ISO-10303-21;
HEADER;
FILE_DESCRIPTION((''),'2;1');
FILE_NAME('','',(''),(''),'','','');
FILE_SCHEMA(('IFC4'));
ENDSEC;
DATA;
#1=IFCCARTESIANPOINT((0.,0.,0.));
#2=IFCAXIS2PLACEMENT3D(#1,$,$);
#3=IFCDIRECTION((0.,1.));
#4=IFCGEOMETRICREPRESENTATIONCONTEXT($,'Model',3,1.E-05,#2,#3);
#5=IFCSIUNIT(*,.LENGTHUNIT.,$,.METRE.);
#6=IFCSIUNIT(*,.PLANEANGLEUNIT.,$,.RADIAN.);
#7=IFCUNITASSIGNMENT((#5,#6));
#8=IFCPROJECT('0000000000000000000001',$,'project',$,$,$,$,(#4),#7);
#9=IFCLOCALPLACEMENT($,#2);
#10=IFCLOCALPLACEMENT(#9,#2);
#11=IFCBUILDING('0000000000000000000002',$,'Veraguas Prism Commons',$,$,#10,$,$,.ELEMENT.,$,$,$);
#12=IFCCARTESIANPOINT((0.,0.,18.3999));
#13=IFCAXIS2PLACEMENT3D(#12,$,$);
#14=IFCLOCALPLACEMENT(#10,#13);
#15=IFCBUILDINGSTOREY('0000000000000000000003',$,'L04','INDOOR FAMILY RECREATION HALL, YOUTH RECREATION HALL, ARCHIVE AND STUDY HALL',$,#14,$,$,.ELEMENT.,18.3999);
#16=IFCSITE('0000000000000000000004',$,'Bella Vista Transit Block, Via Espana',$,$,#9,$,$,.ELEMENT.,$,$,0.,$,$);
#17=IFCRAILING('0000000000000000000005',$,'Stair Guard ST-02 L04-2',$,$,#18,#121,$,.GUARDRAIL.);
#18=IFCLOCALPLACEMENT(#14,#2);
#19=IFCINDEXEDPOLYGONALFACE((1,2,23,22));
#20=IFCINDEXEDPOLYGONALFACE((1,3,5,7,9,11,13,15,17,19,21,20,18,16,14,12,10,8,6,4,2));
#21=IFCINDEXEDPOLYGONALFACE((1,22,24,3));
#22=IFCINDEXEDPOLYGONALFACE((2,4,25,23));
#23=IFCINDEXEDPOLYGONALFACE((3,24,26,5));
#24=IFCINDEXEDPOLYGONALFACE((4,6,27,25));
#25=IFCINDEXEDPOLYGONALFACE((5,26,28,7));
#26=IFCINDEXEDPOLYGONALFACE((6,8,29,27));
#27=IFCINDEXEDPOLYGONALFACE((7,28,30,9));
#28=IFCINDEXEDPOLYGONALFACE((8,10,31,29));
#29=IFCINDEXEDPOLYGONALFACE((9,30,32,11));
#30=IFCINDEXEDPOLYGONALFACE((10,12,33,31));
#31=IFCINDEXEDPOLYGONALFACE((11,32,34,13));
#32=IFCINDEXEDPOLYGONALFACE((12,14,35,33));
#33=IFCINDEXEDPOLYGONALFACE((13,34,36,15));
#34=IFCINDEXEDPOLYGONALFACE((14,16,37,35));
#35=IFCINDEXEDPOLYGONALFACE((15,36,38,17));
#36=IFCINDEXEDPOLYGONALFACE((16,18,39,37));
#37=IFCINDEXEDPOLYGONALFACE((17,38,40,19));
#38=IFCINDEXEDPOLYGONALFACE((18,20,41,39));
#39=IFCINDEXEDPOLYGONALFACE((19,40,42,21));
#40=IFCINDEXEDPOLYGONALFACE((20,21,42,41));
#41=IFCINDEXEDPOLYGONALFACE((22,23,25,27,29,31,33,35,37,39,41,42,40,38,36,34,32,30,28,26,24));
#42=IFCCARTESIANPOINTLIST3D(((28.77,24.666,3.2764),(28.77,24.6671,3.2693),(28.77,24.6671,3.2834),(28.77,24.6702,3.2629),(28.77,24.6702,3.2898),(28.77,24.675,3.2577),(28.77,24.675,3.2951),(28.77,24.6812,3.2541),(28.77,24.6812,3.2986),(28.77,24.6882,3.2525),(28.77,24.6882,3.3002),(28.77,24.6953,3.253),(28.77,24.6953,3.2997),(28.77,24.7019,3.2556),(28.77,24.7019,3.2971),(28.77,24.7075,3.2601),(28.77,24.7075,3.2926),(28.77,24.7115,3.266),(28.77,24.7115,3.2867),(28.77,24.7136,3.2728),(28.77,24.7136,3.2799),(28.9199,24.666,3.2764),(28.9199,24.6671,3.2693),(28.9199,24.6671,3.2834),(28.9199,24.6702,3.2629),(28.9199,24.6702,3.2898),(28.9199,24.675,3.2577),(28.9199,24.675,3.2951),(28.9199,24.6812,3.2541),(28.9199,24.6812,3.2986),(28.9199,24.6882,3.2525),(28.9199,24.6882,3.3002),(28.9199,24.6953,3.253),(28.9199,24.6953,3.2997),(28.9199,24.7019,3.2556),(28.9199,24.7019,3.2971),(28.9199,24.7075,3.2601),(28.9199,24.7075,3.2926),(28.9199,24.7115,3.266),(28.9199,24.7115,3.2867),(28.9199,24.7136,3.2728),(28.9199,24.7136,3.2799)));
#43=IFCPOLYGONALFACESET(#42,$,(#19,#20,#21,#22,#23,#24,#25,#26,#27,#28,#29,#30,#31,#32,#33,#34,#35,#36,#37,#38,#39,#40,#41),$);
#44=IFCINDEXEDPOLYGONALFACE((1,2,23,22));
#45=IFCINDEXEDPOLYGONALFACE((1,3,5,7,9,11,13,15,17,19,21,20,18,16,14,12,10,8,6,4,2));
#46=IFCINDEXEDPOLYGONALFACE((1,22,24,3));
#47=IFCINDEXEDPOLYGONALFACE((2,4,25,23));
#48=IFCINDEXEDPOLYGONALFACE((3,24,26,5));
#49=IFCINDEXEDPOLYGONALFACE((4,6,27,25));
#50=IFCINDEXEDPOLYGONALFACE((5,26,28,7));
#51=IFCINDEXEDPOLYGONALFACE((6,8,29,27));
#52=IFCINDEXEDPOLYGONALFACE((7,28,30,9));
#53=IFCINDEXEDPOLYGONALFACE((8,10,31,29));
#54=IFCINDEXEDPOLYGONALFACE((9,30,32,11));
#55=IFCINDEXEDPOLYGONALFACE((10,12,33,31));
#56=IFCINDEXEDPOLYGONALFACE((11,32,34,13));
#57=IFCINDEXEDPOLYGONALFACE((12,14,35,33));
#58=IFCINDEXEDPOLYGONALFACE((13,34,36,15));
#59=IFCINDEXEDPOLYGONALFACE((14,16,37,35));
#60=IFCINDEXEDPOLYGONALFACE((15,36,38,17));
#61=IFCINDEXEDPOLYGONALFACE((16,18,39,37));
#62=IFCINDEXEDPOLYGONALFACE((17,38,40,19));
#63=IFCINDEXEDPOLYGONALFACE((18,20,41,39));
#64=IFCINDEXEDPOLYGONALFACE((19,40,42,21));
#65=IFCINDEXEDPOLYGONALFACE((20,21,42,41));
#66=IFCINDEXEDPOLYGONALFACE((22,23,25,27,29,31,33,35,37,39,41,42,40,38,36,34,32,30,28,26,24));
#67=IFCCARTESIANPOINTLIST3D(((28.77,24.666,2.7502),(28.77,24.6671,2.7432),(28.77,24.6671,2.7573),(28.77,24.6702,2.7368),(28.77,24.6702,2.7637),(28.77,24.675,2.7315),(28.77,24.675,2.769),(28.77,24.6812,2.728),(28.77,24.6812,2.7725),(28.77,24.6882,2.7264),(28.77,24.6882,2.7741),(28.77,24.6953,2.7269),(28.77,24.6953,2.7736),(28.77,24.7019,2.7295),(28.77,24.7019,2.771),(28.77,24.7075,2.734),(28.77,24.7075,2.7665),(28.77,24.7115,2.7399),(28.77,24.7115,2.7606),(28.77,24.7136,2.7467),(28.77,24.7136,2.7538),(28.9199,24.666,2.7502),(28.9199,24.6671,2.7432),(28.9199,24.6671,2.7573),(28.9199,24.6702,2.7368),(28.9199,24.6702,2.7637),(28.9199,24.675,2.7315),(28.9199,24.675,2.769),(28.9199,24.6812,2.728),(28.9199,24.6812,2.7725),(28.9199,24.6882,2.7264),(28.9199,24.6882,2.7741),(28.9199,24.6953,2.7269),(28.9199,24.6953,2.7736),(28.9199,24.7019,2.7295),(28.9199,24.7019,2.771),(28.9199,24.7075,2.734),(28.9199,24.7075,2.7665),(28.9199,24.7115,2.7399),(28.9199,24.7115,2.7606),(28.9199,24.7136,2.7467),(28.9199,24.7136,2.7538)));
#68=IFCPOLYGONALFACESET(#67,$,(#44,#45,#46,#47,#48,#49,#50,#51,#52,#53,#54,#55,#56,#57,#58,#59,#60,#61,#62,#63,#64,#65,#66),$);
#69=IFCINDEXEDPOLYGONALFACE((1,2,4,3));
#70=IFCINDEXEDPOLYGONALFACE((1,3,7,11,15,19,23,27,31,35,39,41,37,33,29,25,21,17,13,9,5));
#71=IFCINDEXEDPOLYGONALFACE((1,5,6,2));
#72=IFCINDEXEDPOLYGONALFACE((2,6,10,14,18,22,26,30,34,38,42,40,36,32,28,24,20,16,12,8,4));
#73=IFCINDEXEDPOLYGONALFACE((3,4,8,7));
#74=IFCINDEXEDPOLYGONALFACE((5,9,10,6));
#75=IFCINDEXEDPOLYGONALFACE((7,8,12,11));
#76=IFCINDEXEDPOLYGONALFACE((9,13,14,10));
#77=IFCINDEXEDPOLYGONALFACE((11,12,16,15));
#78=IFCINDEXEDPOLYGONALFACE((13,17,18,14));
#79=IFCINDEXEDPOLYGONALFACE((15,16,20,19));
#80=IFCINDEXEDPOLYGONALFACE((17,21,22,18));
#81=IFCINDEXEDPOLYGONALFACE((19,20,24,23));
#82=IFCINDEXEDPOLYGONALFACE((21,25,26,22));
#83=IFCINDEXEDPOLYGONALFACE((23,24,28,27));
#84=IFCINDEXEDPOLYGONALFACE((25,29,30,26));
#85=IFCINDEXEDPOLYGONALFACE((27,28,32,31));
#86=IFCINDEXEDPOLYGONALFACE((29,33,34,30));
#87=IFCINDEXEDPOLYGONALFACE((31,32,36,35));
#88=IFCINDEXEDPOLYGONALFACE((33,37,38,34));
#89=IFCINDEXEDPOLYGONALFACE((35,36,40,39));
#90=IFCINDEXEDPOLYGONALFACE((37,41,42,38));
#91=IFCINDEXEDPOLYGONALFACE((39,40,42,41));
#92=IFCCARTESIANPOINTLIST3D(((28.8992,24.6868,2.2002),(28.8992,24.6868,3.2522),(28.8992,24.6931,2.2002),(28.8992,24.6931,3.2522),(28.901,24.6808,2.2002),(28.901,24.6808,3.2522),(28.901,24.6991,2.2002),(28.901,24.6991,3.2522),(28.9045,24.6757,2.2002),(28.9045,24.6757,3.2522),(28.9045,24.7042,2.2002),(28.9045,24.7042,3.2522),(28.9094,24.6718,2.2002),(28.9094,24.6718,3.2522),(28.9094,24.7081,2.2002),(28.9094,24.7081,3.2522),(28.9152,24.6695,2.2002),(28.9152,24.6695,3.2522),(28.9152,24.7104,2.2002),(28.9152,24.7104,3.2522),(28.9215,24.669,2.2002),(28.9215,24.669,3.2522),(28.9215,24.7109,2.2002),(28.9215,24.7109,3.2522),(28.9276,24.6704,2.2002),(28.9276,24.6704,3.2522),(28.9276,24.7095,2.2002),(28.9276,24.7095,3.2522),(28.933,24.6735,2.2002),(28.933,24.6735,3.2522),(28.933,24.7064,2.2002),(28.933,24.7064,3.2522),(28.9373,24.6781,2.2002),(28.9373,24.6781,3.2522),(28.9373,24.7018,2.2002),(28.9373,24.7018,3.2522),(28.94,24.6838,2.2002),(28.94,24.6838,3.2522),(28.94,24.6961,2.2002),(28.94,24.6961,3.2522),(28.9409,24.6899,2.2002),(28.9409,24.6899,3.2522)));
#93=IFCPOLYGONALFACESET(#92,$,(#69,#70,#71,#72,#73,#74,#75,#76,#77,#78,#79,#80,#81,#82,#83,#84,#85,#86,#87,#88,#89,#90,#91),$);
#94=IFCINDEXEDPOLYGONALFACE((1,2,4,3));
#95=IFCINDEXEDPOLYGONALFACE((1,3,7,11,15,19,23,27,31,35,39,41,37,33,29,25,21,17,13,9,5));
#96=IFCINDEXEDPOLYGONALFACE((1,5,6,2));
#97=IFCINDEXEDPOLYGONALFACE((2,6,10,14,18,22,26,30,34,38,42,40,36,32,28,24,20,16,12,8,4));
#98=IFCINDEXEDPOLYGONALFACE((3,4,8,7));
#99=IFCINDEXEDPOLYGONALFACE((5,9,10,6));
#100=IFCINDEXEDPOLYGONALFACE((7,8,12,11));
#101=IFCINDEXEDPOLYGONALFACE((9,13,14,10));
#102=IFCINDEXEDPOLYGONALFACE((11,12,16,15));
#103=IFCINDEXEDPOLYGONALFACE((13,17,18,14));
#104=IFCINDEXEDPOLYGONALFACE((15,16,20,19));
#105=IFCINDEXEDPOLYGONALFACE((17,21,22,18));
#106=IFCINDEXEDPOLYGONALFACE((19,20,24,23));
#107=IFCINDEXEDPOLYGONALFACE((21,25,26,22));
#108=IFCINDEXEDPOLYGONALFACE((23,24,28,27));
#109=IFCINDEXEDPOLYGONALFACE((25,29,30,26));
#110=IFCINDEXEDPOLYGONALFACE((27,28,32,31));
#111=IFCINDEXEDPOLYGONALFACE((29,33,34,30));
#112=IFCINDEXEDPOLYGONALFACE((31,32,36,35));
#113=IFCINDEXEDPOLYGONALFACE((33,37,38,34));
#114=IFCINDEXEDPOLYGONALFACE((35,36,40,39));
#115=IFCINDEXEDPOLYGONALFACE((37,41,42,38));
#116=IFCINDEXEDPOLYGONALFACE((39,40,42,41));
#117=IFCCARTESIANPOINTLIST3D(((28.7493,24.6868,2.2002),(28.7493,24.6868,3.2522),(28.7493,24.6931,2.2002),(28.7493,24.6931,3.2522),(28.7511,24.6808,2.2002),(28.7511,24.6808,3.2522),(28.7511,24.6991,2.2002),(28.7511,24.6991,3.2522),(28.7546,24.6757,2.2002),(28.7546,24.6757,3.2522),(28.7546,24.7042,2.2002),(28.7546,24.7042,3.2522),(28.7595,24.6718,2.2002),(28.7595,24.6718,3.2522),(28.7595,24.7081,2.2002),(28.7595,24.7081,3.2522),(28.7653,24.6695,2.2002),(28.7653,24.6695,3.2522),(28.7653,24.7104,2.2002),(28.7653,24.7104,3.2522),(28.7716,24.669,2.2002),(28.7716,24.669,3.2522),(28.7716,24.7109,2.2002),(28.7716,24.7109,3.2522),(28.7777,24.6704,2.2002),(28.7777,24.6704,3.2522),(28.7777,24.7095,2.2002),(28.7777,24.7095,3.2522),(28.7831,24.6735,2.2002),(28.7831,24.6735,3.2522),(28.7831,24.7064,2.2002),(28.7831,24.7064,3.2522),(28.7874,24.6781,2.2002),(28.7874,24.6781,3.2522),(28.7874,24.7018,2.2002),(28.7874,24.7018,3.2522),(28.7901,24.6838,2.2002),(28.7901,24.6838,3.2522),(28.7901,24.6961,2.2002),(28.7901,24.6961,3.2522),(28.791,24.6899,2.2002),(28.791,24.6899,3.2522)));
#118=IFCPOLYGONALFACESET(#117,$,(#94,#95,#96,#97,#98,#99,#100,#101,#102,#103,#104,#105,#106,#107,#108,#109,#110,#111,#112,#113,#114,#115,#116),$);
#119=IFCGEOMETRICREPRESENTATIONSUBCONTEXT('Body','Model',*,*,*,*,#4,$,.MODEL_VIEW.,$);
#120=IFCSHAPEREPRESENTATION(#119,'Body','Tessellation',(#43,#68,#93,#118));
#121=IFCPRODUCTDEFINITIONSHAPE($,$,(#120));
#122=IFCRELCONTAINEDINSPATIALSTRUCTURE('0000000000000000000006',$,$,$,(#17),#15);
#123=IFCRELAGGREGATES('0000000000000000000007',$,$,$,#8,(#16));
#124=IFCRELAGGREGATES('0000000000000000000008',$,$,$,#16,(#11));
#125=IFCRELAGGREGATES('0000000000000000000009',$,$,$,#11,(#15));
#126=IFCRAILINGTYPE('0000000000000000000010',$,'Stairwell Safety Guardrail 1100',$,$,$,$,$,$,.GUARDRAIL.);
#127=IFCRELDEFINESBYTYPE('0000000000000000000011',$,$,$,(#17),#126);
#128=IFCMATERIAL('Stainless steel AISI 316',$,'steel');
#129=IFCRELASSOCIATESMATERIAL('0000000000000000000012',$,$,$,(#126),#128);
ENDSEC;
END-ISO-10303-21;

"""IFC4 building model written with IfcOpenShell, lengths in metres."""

from ifc_helpers import new_model, si_unit, direction, frame, origin, origin_2d, place, context, subcontext, project, spatial, circle, extrude, material, type_object, element, save


model = new_model("IFC4")

# Units and contexts
model_context = context("Model", 3, precision=1e-05, world=origin(), true_north=direction((0.0, 1.0)))
body_context = subcontext(model_context, "Body", "Model", "MODEL_VIEW")
ifc_project = project(units=[si_unit("LENGTHUNIT", "METRE"), si_unit("PLANEANGLEUNIT", "RADIAN")], contexts=[model_context])

# Site, building, storey
site_placement = place(None, origin())
site = spatial("IfcSite", under=ifc_project, at=site_placement, Name="Bella Vista Transit Block, Via Espana", CompositionType="ELEMENT", RefElevation=0.0)
building_placement = place(site_placement, origin())
building = spatial("IfcBuilding", under=site, at=building_placement, Name="Veraguas Prism Commons", CompositionType="ELEMENT")
storey_placement = place(building_placement, frame((0.0, 0.0, 18.3999)))
storey = spatial("IfcBuildingStorey", under=building, at=storey_placement, Name="L04", Description="INDOOR FAMILY RECREATION HALL, YOUTH RECREATION HALL, ARCHIVE AND STUDY HALL", CompositionType="ELEMENT", Elevation=18.3999)

# Railing
ifc_material_1 = material(Name="Stainless steel AISI 316", Category="steel")
railing_type_1 = type_object("IfcRailingType", Name="Stairwell Safety Guardrail 1100", PredefinedType="GUARDRAIL", material=ifc_material_1)
railing_1_placement = place(storey_placement, frame((28.9199, 24.6899, 2.2002)))
element("IfcRailing", 1, at=railing_1_placement, inside=storey, type_object=railing_type_1, Name="Stair Guard ST-02 L04-2", PredefinedType="GUARDRAIL", context=body_context, shape_type="SweptSolid", body=[
    extrude(circle(Radius=0.0239, at=origin_2d()), frame((0.0, 0.0, 1.0762), z_axis=(-1.0, 0.0, 0.0), x_axis=(0.0, -1.0, 0.0)), (0.0, 0.0, 1.0), 0.1499),
    extrude(circle(Radius=0.0239, at=origin_2d()), frame((0.0, 0.0, 0.55), z_axis=(-1.0, 0.0, 0.0), x_axis=(0.0, -1.0, 0.0)), (0.0, 0.0, 1.0), 0.1499),
    extrude(circle(Radius=0.021, at=origin_2d()), origin(), (0.0, 0.0, 1.0), 1.052),
    extrude(circle(Radius=0.021, at=origin_2d()), frame((-0.1499, 0.0, 0.0)), (0.0, 0.0, 1.0), 1.052),
])

save(model, "model.ifc")
